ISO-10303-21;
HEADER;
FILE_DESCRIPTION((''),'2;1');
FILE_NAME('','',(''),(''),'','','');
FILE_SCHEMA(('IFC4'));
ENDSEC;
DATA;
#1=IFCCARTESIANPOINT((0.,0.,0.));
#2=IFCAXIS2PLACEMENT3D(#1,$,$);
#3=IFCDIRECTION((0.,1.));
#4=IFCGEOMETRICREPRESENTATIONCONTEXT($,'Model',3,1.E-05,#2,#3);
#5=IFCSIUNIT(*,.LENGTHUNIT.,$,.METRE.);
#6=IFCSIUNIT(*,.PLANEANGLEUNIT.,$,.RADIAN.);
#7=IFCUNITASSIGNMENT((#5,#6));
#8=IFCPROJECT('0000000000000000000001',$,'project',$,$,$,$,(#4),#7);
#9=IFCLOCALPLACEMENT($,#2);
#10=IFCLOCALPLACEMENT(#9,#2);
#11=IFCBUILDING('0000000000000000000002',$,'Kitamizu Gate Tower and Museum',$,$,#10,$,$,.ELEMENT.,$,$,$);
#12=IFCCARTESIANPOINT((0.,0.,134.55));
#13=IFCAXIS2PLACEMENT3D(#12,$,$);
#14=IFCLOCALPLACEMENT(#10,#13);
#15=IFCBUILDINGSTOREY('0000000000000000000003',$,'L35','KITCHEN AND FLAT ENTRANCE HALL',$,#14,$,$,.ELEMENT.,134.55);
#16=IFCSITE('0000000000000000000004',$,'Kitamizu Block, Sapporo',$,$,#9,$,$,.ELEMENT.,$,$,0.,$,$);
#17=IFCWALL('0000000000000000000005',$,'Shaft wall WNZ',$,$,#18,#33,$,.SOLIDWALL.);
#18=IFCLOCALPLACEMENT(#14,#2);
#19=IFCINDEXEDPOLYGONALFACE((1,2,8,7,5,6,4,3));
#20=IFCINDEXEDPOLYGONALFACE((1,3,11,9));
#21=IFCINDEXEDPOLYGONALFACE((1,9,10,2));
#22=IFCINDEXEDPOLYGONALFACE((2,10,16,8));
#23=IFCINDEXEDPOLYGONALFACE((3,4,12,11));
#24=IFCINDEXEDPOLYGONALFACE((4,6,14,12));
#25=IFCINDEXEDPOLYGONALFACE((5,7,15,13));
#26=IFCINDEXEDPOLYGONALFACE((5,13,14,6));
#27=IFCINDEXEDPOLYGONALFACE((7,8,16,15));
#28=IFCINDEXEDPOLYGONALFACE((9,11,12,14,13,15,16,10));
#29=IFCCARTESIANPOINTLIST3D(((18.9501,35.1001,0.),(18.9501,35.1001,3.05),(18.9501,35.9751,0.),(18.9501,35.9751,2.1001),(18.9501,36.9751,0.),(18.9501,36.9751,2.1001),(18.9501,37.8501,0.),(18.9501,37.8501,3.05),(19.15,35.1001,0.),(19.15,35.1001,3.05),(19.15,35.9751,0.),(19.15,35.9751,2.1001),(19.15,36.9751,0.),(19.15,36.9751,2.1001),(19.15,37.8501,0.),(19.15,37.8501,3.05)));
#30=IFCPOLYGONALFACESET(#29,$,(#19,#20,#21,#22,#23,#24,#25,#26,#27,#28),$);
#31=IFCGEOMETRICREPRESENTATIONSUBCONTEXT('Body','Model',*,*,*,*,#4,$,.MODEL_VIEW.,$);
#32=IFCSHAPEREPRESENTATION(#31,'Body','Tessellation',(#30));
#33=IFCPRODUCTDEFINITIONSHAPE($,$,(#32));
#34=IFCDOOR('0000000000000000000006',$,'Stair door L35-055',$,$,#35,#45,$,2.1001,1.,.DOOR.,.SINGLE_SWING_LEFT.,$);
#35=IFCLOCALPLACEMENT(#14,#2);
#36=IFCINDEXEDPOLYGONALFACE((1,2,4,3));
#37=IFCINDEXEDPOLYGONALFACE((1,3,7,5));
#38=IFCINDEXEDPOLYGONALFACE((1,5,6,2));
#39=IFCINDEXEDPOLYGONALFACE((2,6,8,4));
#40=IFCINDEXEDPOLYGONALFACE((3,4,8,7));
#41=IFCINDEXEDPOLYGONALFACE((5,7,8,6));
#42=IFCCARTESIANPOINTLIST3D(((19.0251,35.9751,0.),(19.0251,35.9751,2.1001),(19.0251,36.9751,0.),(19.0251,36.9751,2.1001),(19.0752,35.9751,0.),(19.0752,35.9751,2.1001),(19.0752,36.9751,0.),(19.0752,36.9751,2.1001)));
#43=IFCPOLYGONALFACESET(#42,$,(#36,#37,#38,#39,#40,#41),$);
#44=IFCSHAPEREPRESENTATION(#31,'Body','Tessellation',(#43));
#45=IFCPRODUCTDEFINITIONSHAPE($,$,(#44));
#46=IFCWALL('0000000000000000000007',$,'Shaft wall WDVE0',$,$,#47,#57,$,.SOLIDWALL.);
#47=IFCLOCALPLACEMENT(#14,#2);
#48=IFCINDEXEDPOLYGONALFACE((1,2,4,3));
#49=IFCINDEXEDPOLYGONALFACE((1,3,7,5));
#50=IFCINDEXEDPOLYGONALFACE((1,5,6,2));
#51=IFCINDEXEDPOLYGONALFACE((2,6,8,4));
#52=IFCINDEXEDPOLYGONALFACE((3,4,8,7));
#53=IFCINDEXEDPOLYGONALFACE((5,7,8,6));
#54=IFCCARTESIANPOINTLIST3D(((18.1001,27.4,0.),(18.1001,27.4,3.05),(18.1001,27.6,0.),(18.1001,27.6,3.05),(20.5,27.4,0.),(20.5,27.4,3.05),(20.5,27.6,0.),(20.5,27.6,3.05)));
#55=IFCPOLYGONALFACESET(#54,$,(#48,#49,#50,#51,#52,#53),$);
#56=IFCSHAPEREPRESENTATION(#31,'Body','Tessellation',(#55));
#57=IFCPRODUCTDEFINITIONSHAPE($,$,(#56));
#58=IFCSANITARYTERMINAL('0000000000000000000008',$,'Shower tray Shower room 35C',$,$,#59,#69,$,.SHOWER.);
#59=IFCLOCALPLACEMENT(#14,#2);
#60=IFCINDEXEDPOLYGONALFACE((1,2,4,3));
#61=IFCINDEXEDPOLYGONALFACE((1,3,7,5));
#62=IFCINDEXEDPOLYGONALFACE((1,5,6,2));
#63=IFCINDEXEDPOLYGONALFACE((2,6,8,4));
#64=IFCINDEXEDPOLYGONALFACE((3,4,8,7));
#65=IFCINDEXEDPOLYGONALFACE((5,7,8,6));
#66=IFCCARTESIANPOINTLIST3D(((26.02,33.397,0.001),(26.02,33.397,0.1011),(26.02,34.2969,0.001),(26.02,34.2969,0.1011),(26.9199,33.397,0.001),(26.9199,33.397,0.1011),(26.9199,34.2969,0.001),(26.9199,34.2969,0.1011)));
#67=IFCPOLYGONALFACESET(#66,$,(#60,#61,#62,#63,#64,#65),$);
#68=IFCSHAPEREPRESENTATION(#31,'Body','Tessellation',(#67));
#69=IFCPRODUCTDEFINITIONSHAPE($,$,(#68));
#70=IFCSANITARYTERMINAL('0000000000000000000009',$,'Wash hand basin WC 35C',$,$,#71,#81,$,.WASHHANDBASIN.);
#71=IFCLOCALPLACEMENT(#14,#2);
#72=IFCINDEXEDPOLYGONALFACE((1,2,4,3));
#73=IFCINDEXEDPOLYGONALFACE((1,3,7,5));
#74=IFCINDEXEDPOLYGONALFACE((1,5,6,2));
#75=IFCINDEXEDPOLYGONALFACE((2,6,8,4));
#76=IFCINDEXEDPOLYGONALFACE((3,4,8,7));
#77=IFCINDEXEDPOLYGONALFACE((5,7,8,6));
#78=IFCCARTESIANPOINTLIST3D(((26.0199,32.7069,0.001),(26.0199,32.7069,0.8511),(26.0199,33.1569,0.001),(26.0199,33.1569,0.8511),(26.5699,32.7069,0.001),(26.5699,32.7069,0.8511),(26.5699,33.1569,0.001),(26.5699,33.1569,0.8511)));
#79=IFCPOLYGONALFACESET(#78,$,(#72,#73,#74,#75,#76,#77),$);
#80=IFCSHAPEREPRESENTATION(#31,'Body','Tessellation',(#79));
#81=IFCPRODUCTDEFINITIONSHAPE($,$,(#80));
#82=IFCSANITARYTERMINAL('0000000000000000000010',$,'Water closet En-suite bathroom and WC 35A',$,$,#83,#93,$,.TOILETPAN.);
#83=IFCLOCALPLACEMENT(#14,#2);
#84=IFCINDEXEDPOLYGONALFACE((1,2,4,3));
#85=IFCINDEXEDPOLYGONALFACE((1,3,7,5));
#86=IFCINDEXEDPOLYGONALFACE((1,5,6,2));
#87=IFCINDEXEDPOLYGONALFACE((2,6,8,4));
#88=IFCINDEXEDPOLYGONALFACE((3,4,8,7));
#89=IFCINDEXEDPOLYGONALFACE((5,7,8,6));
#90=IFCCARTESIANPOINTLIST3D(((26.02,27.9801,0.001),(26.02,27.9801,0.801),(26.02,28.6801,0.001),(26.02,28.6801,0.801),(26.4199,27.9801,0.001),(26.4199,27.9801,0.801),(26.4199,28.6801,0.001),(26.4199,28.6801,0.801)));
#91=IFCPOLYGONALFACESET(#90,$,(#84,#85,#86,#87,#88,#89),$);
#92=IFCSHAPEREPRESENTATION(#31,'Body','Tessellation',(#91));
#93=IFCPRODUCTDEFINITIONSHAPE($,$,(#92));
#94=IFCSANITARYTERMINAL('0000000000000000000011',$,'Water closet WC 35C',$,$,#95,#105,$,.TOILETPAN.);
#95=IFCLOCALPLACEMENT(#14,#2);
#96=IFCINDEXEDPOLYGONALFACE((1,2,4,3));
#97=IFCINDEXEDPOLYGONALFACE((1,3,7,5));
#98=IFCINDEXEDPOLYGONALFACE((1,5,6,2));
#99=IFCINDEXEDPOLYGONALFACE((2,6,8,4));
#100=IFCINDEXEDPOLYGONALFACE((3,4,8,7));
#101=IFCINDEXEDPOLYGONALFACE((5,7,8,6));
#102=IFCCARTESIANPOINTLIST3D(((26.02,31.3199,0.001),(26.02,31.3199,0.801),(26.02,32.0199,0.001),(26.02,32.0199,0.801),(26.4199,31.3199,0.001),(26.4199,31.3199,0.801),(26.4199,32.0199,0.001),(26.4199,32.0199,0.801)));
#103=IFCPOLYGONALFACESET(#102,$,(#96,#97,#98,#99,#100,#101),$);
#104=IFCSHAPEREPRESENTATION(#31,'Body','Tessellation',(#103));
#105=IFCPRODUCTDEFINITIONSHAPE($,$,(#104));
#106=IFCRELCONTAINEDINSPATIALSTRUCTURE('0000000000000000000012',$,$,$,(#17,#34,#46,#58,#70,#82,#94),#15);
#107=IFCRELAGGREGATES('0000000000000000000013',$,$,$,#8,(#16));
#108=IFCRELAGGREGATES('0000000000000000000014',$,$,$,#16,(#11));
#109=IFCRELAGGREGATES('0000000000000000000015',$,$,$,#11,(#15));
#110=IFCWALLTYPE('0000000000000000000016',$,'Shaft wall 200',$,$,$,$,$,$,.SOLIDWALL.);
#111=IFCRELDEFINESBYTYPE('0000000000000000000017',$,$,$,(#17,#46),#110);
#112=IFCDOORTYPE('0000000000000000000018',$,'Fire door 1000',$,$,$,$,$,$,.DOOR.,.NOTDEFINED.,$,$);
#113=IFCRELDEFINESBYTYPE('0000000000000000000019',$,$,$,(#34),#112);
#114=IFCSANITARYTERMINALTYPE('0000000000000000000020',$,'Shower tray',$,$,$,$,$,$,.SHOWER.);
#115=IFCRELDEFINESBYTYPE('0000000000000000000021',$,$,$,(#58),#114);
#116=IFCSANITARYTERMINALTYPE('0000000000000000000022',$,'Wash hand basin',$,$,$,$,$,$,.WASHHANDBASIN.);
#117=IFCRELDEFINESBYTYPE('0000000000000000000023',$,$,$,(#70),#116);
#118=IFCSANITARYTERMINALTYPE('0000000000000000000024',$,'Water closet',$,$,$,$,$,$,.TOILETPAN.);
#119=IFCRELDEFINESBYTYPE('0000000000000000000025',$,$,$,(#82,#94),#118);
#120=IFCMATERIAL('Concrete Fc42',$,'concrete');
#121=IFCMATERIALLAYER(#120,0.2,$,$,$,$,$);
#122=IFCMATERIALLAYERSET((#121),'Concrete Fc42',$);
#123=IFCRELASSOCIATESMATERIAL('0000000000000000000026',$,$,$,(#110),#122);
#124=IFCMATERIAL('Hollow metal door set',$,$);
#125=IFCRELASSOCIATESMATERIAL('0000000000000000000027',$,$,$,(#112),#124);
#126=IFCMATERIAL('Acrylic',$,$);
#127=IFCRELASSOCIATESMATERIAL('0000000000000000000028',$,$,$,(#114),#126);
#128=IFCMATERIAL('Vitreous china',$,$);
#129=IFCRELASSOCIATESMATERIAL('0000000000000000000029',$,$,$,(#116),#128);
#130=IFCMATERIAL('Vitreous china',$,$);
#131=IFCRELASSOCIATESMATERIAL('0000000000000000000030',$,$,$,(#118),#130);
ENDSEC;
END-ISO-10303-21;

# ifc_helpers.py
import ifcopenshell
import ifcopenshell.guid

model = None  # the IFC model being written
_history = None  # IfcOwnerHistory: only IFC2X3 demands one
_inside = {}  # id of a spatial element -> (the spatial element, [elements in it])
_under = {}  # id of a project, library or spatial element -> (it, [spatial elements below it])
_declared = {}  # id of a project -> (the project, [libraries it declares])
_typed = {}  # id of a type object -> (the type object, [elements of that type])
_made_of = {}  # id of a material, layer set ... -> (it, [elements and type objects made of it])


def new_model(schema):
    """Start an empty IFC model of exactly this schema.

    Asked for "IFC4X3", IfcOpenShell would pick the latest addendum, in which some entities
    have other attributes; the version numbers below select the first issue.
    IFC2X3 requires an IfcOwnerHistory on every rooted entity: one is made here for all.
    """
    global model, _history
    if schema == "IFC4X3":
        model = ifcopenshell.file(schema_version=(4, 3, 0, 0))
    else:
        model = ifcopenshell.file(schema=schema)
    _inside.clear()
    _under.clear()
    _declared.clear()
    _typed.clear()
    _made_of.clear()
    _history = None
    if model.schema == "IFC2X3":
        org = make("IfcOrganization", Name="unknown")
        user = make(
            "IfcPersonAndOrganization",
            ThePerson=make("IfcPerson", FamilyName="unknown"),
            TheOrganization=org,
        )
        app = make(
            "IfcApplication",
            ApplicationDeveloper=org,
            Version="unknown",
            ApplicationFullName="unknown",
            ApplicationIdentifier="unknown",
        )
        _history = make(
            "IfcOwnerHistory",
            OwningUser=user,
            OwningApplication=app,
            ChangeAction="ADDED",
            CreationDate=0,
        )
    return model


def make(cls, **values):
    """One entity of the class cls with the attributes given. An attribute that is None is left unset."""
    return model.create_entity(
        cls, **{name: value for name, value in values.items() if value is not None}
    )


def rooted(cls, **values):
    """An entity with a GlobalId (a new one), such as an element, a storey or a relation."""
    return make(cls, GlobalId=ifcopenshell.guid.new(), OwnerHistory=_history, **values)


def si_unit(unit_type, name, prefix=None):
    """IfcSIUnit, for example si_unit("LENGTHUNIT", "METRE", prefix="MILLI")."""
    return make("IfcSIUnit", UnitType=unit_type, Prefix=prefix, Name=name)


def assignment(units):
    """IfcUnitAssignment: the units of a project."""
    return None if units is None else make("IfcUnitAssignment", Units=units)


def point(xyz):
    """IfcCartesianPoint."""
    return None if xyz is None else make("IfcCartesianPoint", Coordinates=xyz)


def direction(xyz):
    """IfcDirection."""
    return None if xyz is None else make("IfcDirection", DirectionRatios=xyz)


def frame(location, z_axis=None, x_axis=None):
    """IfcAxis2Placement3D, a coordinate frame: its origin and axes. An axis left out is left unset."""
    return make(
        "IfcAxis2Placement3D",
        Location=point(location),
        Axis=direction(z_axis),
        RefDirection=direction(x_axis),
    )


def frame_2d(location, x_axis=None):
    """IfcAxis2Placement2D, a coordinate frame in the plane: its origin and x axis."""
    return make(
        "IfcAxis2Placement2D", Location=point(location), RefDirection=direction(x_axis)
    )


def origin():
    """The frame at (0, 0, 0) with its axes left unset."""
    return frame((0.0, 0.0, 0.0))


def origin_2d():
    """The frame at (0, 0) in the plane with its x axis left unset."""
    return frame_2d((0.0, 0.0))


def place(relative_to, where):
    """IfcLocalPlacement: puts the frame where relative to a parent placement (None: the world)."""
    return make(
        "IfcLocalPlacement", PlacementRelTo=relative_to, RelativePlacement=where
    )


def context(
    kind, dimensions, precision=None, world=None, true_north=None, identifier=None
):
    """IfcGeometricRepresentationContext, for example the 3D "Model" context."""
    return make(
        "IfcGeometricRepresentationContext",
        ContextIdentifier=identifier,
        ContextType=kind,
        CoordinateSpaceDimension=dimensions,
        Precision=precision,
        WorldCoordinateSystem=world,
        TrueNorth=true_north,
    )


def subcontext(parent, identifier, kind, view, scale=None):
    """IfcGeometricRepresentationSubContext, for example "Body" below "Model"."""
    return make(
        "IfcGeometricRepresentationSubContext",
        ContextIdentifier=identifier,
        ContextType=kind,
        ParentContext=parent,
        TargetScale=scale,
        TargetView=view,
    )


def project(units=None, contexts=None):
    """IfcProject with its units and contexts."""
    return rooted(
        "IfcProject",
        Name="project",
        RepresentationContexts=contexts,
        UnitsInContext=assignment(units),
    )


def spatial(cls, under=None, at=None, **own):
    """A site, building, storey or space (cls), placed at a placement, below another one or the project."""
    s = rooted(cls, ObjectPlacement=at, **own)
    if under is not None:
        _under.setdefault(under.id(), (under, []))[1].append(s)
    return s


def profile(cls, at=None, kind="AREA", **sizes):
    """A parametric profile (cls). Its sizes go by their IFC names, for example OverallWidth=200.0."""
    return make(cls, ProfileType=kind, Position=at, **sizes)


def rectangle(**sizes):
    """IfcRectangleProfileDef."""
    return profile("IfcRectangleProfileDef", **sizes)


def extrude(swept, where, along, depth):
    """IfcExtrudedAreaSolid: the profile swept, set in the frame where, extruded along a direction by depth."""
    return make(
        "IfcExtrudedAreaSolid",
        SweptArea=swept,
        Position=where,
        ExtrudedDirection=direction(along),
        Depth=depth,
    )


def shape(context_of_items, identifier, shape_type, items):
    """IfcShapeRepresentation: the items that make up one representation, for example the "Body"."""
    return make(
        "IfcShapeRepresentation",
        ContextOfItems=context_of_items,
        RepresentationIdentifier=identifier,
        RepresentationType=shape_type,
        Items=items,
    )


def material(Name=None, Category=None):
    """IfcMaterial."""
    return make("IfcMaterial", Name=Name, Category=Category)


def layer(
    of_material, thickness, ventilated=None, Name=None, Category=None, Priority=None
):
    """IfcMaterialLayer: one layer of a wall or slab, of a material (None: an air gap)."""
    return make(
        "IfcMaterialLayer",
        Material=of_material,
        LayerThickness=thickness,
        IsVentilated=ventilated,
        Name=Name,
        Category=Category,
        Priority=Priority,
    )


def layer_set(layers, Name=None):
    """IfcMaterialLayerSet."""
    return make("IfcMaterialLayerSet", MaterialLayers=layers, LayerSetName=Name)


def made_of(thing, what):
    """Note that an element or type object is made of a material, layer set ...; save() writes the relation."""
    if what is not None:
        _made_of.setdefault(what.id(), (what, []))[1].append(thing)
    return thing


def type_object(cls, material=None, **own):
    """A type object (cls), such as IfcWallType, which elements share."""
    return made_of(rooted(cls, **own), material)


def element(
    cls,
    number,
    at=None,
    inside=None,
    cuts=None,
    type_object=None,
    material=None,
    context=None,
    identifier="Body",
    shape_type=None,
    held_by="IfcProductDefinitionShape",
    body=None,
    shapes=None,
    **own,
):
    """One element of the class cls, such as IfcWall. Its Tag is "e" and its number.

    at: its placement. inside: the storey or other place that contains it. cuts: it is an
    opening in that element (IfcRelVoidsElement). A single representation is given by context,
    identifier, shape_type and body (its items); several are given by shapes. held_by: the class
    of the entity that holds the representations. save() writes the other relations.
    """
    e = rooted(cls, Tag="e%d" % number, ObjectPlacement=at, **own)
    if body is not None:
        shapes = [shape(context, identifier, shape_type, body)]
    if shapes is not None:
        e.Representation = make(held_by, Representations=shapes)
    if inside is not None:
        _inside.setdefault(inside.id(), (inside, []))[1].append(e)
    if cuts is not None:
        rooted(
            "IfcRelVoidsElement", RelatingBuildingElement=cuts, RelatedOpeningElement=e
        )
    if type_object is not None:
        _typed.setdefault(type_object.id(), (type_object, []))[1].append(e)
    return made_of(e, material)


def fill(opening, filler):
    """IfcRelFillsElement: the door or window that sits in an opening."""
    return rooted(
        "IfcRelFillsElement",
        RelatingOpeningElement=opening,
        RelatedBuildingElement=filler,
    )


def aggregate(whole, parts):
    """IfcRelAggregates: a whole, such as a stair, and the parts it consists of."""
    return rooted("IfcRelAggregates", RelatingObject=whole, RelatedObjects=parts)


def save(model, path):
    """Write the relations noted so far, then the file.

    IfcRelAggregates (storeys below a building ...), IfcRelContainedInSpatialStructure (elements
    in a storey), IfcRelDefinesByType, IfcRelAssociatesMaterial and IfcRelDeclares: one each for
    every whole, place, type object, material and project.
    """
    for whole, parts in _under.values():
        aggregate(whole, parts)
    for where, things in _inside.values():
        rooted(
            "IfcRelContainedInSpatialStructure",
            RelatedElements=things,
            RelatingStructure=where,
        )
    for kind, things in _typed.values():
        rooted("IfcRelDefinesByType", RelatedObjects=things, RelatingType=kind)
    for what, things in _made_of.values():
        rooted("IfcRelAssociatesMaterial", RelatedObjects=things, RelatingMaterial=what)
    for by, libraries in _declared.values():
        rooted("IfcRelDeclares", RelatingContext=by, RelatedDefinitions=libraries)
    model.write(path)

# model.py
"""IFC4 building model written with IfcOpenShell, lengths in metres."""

from ifc_helpers import new_model, si_unit, direction, frame, frame_2d, origin, origin_2d, place, context, subcontext, project, spatial, rectangle, extrude, material, layer, layer_set, type_object, element, fill, save


model = new_model("IFC4")

# Units and contexts
model_context = context("Model", 3, precision=1e-05, world=origin(), true_north=direction((0.0, 1.0)))
body_context = subcontext(model_context, "Body", "Model", "MODEL_VIEW")
ifc_project = project(units=[si_unit("LENGTHUNIT", "METRE"), si_unit("PLANEANGLEUNIT", "RADIAN")], contexts=[model_context])

# Site, building, storey
site_placement = place(None, origin())
site = spatial("IfcSite", under=ifc_project, at=site_placement, Name="Kitamizu Block, Sapporo", CompositionType="ELEMENT", RefElevation=0.0)
building_placement = place(site_placement, origin())
building = spatial("IfcBuilding", under=site, at=building_placement, Name="Kitamizu Gate Tower and Museum", CompositionType="ELEMENT")
storey_placement = place(building_placement, frame((0.0, 0.0, 134.55)))
storey = spatial("IfcBuildingStorey", under=building, at=storey_placement, Name="L35", Description="KITCHEN AND FLAT ENTRANCE HALL", CompositionType="ELEMENT", Elevation=134.55)

# Wall, opening, door
ifc_material_1 = material(Name="Concrete Fc42", Category="concrete")
ifc_layer_1 = layer(ifc_material_1, 0.2)
ifc_layer_set_1 = layer_set([ifc_layer_1], Name="Concrete Fc42")
wall_type_1 = type_object("IfcWallType", Name="Shaft wall 200", PredefinedType="SOLIDWALL", material=ifc_layer_set_1)
wall_1_placement = place(storey_placement, frame((19.05, 35.1001, 0.0), z_axis=(0.0, 0.0, 1.0), x_axis=(0.0, 1.0, 0.0)))
wall_1 = element("IfcWall", 1, at=wall_1_placement, inside=storey, type_object=wall_type_1, Name="Shaft wall WNZ", PredefinedType="SOLIDWALL", context=body_context, shape_type="SweptSolid", body=[
    extrude(rectangle(XDim=2.75, YDim=0.2, at=frame_2d((1.375, 0.0))), origin(), (0.0, 0.0, 1.0), 3.05),
])
opening_1_placement = place(wall_1_placement, frame((0.875, 0.0, 0.0)))
opening_1 = element("IfcOpeningElement", 2, at=opening_1_placement, cuts=wall_1, PredefinedType="OPENING", context=body_context, shape_type="SweptSolid", body=[
    extrude(rectangle(XDim=1.0, YDim=2.1001, at=frame_2d((0.5, 1.05))), frame((0.0, 0.1099, 0.0), z_axis=(0.0, -1.0, 0.0), x_axis=(1.0, 0.0, 0.0)), (0.0, 0.0, 1.0), 0.22),
])
ifc_material_2 = material(Name="Hollow metal door set")
door_type_1 = type_object("IfcDoorType", Name="Fire door 1000", OperationType="NOTDEFINED", PredefinedType="DOOR", material=ifc_material_2)
door_1_placement = place(opening_1_placement, origin())
door_1 = element("IfcDoor", 3, at=door_1_placement, inside=storey, type_object=door_type_1, Name="Stair door L35-055", OperationType="SINGLE_SWING_LEFT", OverallHeight=2.1001, OverallWidth=1.0, PredefinedType="DOOR", context=body_context, shape_type="SweptSolid", body=[
    extrude(rectangle(XDim=1.0, YDim=2.1001, at=frame_2d((0.5, 1.05))), frame((0.0, 0.0249, 0.0), z_axis=(0.0, -1.0, 0.0), x_axis=(1.0, 0.0, 0.0)), (0.0, 0.0, 1.0), 0.05),
])
fill(opening_1, door_1)

# Wall
wall_2_placement = place(storey_placement, frame((18.1001, 27.5, 0.0), z_axis=(0.0, 0.0, 1.0), x_axis=(1.0, 0.0, 0.0)))
element("IfcWall", 4, at=wall_2_placement, inside=storey, type_object=wall_type_1, Name="Shaft wall WDVE0", PredefinedType="SOLIDWALL", context=body_context, shape_type="SweptSolid", body=[
    extrude(rectangle(XDim=2.3999, YDim=0.2, at=frame_2d((1.2, 0.0))), origin(), (0.0, 0.0, 1.0), 3.05),
])

# Sanitary terminals
ifc_material_3 = material(Name="Acrylic")
sanitary_terminal_type_1 = type_object("IfcSanitaryTerminalType", Name="Shower tray", PredefinedType="SHOWER", material=ifc_material_3)
sanitary_terminal_1_placement = place(storey_placement, frame((26.47, 33.8469, 0.001), z_axis=(0.0, 0.0, 1.0), x_axis=(1.0, 0.0, 0.0)))
element("IfcSanitaryTerminal", 5, at=sanitary_terminal_1_placement, inside=storey, type_object=sanitary_terminal_type_1, Name="Shower tray Shower room 35C", PredefinedType="SHOWER", context=body_context, shape_type="SweptSolid", body=[
    extrude(rectangle(XDim=0.8999, YDim=0.8999, at=origin_2d()), origin(), (0.0, 0.0, 1.0), 0.1001),
])
ifc_material_4 = material(Name="Vitreous china")
sanitary_terminal_type_2 = type_object("IfcSanitaryTerminalType", Name="Wash hand basin", PredefinedType="WASHHANDBASIN", material=ifc_material_4)
sanitary_terminal_2_placement = place(storey_placement, frame((26.2949, 32.9319, 0.001), z_axis=(0.0, 0.0, 1.0), x_axis=(1.0, 0.0, 0.0)))
element("IfcSanitaryTerminal", 6, at=sanitary_terminal_2_placement, inside=storey, type_object=sanitary_terminal_type_2, Name="Wash hand basin WC 35C", PredefinedType="WASHHANDBASIN", context=body_context, shape_type="SweptSolid", body=[
    extrude(rectangle(XDim=0.55, YDim=0.45, at=origin_2d()), origin(), (0.0, 0.0, 1.0), 0.8501),
])
ifc_material_5 = material(Name="Vitreous china")
sanitary_terminal_type_3 = type_object("IfcSanitaryTerminalType", Name="Water closet", PredefinedType="TOILETPAN", material=ifc_material_5)
for number, where, z_axis, x_axis, name in (
    (7, (26.22, 28.3301, 0.001), (0.0, 0.0, 1.0), (1.0, 0.0, 0.0), "Water closet En-suite bathroom and WC 35A"),
    (8, (26.22, 31.6699, 0.001), (0.0, 0.0, 1.0), (1.0, 0.0, 0.0), "Water closet WC 35C"),
):
    element("IfcSanitaryTerminal", number, at=place(storey_placement, frame(where, z_axis=z_axis, x_axis=x_axis)), inside=storey, type_object=sanitary_terminal_type_3, Name=name, PredefinedType="TOILETPAN", context=body_context, shape_type="SweptSolid", body=[
        extrude(rectangle(XDim=0.3999, YDim=0.7, at=origin_2d()), origin(), (0.0, 0.0, 1.0), 0.8),
    ])

save(model, "model.ifc")
